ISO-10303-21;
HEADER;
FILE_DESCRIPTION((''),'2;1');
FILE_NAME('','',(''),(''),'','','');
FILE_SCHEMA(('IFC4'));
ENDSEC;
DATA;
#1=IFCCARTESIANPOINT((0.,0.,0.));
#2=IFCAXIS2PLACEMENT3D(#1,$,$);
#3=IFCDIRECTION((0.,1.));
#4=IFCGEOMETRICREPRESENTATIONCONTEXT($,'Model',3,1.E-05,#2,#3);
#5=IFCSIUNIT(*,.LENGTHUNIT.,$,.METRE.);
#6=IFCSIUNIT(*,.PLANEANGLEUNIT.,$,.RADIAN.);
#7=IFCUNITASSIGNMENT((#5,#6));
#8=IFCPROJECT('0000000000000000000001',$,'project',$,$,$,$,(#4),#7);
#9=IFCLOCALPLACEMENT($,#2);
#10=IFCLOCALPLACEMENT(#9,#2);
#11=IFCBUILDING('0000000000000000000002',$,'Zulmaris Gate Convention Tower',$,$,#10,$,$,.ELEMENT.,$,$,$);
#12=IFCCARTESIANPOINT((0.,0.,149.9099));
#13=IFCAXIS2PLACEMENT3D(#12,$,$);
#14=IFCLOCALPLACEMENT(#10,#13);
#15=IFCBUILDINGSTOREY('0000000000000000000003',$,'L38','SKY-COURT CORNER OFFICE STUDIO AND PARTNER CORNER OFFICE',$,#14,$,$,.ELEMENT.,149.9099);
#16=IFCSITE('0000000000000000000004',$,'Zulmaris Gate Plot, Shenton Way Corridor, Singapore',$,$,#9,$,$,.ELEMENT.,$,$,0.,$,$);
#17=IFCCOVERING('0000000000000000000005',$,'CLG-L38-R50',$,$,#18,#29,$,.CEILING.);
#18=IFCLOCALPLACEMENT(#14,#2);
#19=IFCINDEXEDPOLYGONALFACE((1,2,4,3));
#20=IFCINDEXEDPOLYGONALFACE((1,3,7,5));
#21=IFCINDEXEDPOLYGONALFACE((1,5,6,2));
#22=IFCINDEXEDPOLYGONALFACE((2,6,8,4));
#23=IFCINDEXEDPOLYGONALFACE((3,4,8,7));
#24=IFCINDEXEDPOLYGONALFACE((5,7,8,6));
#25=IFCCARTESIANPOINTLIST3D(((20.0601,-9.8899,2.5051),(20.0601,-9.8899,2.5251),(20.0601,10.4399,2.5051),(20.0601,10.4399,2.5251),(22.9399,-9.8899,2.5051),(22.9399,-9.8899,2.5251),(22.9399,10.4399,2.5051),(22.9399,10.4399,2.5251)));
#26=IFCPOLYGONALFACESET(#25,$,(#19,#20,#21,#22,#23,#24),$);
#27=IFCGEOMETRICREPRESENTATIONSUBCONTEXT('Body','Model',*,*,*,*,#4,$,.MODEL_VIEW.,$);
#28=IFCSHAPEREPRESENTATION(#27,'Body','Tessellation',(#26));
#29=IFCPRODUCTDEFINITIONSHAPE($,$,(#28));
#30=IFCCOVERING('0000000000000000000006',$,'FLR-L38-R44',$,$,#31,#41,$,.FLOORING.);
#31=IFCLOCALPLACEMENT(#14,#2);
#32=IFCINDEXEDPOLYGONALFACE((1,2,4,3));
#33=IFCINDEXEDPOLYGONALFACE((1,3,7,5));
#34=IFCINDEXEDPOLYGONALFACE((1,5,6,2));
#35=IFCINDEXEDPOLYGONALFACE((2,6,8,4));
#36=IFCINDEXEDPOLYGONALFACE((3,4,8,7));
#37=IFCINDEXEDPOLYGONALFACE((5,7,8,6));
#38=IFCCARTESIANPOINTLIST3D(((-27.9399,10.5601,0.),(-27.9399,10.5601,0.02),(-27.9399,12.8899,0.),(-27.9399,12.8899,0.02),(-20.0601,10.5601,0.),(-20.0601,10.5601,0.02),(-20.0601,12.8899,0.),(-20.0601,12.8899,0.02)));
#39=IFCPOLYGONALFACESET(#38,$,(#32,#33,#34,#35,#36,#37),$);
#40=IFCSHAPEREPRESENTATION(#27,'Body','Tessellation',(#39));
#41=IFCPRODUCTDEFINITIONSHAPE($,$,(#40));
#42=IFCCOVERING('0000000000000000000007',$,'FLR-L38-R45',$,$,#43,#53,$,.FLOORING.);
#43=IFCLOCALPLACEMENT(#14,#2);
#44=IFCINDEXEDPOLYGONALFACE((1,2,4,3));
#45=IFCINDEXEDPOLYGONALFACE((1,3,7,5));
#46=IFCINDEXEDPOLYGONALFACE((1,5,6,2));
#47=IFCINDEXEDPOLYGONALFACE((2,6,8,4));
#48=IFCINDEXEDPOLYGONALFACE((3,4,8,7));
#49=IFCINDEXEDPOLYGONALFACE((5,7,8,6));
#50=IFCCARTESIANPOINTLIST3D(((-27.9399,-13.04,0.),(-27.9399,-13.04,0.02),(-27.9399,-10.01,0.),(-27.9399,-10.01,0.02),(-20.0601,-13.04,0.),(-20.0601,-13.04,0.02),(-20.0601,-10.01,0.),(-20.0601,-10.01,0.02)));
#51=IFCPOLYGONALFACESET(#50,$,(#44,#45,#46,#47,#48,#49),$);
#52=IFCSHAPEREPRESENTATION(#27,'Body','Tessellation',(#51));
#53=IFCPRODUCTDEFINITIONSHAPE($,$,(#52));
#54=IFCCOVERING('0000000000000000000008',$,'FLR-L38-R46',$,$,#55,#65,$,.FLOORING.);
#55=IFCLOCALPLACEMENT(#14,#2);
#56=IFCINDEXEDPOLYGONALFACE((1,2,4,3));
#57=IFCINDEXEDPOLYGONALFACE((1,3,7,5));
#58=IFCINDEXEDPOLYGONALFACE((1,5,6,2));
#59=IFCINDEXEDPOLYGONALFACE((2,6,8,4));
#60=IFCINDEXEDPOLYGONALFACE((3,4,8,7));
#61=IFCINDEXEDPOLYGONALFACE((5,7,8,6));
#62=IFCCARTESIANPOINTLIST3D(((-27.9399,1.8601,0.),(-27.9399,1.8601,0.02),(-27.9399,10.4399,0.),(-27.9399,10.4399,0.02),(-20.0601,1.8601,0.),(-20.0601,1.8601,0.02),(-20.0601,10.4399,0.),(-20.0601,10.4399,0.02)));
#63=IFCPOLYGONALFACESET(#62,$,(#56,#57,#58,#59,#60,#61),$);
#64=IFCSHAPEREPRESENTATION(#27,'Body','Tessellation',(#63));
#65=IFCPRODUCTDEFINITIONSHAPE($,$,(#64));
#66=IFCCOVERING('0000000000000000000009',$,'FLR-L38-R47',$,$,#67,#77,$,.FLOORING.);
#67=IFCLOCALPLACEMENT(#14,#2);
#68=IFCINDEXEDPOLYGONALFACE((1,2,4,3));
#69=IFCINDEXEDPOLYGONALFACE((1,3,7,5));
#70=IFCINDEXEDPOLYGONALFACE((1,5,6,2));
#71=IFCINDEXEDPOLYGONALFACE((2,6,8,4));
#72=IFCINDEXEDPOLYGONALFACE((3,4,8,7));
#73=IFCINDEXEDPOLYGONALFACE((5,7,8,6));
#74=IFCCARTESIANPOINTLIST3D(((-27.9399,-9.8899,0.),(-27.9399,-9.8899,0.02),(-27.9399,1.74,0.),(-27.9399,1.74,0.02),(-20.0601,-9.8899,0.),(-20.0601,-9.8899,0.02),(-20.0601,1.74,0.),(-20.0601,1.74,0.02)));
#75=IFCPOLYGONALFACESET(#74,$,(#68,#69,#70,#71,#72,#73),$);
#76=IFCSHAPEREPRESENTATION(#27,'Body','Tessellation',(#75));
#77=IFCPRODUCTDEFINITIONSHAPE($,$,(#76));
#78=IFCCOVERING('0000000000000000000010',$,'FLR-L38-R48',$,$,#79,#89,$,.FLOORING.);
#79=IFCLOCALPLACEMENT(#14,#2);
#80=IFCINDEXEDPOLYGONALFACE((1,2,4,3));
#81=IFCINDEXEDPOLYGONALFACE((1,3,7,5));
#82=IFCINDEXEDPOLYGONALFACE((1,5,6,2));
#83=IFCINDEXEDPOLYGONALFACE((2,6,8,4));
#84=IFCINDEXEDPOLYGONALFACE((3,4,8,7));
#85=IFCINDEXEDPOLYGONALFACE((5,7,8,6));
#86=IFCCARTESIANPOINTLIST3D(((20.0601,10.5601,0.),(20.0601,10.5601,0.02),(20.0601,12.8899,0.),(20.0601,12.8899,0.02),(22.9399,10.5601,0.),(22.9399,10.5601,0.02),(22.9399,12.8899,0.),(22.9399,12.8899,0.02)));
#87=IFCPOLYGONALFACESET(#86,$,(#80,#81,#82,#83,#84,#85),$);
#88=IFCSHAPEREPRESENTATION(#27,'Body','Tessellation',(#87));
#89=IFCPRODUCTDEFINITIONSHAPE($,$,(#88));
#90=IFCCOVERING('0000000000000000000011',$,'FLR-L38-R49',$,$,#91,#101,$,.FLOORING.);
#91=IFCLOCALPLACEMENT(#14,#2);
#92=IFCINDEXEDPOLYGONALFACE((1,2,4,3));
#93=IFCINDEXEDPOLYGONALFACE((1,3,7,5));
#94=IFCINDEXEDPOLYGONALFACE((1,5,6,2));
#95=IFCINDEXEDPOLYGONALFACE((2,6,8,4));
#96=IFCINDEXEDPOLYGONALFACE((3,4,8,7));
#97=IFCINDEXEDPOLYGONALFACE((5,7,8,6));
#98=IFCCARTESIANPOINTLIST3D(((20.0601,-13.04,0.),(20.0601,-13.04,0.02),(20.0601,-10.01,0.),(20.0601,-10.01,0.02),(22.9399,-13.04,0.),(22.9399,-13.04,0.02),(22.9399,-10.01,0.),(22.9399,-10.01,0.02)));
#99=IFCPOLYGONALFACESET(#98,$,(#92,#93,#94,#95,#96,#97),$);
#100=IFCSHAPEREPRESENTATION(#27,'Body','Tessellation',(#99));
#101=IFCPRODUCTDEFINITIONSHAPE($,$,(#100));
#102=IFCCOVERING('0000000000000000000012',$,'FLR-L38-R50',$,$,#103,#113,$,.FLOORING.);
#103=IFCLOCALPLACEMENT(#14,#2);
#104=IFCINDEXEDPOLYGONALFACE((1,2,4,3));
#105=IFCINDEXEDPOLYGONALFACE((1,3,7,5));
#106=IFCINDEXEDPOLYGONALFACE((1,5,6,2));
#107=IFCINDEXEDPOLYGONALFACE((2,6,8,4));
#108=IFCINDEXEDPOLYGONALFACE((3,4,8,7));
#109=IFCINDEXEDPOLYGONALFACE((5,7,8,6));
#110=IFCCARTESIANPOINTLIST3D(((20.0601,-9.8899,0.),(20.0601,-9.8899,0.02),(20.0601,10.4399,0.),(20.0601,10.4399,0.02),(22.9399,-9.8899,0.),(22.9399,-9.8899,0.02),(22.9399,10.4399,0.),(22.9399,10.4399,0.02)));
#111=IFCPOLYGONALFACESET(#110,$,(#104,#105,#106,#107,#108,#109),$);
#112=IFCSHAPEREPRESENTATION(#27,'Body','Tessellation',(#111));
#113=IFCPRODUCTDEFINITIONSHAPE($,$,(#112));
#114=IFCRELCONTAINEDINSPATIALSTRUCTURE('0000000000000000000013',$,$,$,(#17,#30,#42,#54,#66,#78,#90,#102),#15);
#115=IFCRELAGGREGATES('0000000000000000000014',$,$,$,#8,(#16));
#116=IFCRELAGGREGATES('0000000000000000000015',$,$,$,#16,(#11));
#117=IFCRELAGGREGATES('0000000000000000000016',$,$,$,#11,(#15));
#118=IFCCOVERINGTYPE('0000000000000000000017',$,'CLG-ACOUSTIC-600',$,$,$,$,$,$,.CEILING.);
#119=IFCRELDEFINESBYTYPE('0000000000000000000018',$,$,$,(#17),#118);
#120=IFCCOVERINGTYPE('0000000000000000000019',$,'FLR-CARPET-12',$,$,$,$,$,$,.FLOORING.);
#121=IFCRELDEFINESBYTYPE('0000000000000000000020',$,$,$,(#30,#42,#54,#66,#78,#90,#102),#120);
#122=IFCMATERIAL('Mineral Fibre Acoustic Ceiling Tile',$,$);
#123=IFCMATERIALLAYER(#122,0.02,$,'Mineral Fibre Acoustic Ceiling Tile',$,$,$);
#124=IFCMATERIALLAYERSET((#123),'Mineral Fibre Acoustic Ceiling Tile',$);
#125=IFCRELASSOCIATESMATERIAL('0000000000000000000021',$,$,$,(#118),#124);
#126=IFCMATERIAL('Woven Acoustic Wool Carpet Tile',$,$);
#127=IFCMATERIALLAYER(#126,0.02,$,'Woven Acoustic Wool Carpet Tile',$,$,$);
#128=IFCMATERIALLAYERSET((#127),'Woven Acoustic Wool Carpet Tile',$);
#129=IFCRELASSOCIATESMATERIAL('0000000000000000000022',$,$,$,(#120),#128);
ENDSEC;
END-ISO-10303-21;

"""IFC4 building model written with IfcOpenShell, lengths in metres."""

from ifc_helpers import new_model, si_unit, direction, frame, origin, place, context, subcontext, project, spatial, polyline, outline, extrude, material, layer, layer_set, type_object, element, save


model = new_model("IFC4")

# Units and contexts
model_context = context("Model", 3, precision=1e-05, world=origin(), true_north=direction((0.0, 1.0)))
body_context = subcontext(model_context, "Body", "Model", "MODEL_VIEW")
ifc_project = project(units=[si_unit("LENGTHUNIT", "METRE"), si_unit("PLANEANGLEUNIT", "RADIAN")], contexts=[model_context])

# Site, building, storey
site_placement = place(None, origin())
site = spatial("IfcSite", under=ifc_project, at=site_placement, Name="Zulmaris Gate Plot, Shenton Way Corridor, Singapore", CompositionType="ELEMENT", RefElevation=0.0)
building_placement = place(site_placement, origin())
building = spatial("IfcBuilding", under=site, at=building_placement, Name="Zulmaris Gate Convention Tower", CompositionType="ELEMENT")
storey_placement = place(building_placement, frame((0.0, 0.0, 149.9099)))
storey = spatial("IfcBuildingStorey", under=building, at=storey_placement, Name="L38", Description="SKY-COURT CORNER OFFICE STUDIO AND PARTNER CORNER OFFICE", CompositionType="ELEMENT", Elevation=149.9099)

# Coverings
ifc_material_1 = material(Name="Mineral Fibre Acoustic Ceiling Tile")
ifc_layer_1 = layer(ifc_material_1, 0.02, Name="Mineral Fibre Acoustic Ceiling Tile")
ifc_layer_set_1 = layer_set([ifc_layer_1], Name="Mineral Fibre Acoustic Ceiling Tile")
covering_type_1 = type_object("IfcCoveringType", Name="CLG-ACOUSTIC-600", PredefinedType="CEILING", material=ifc_layer_set_1)
covering_1_placement = place(storey_placement, frame((0.0, 0.0, 2.5051)))
element("IfcCovering", 1, at=covering_1_placement, inside=storey, type_object=covering_type_1, Name="CLG-L38-R50", PredefinedType="CEILING", context=body_context, shape_type="SweptSolid", body=[
    extrude(outline(polyline([(20.0601, -9.8899), (22.9399, -9.8899), (22.9399, 10.4399), (20.0601, 10.4399), (20.0601, -9.8899)])), origin(), (0.0, 0.0, 1.0), 0.02),
])
ifc_material_2 = material(Name="Woven Acoustic Wool Carpet Tile")
ifc_layer_2 = layer(ifc_material_2, 0.02, Name="Woven Acoustic Wool Carpet Tile")
ifc_layer_set_2 = layer_set([ifc_layer_2], Name="Woven Acoustic Wool Carpet Tile")
covering_type_2 = type_object("IfcCoveringType", Name="FLR-CARPET-12", PredefinedType="FLOORING", material=ifc_layer_set_2)
covering_2_placement = place(storey_placement, origin())
element("IfcCovering", 2, at=covering_2_placement, inside=storey, type_object=covering_type_2, Name="FLR-L38-R44", PredefinedType="FLOORING", context=body_context, shape_type="SweptSolid", body=[
    extrude(outline(polyline([(-27.9399, 10.5601), (-20.0601, 10.5601), (-20.0601, 12.8899), (-27.9399, 12.8899), (-27.9399, 10.5601)])), origin(), (0.0, 0.0, 1.0), 0.02),
])
covering_3_placement = place(storey_placement, origin())
element("IfcCovering", 3, at=covering_3_placement, inside=storey, type_object=covering_type_2, Name="FLR-L38-R45", PredefinedType="FLOORING", context=body_context, shape_type="SweptSolid", body=[
    extrude(outline(polyline([(-27.9399, -13.04), (-20.0601, -13.04), (-20.0601, -10.01), (-27.9399, -10.01), (-27.9399, -13.04)])), origin(), (0.0, 0.0, 1.0), 0.02),
])
covering_4_placement = place(storey_placement, origin())
element("IfcCovering", 4, at=covering_4_placement, inside=storey, type_object=covering_type_2, Name="FLR-L38-R46", PredefinedType="FLOORING", context=body_context, shape_type="SweptSolid", body=[
    extrude(outline(polyline([(-27.9399, 1.8601), (-20.0601, 1.8601), (-20.0601, 10.4399), (-27.9399, 10.4399), (-27.9399, 1.8601)])), origin(), (0.0, 0.0, 1.0), 0.02),
])
covering_5_placement = place(storey_placement, origin())
element("IfcCovering", 5, at=covering_5_placement, inside=storey, type_object=covering_type_2, Name="FLR-L38-R47", PredefinedType="FLOORING", context=body_context, shape_type="SweptSolid", body=[
    extrude(outline(polyline([(-27.9399, -9.8899), (-20.0601, -9.8899), (-20.0601, 1.74), (-27.9399, 1.74), (-27.9399, -9.8899)])), origin(), (0.0, 0.0, 1.0), 0.02),
])
covering_6_placement = place(storey_placement, origin())
element("IfcCovering", 6, at=covering_6_placement, inside=storey, type_object=covering_type_2, Name="FLR-L38-R48", PredefinedType="FLOORING", context=body_context, shape_type="SweptSolid", body=[
    extrude(outline(polyline([(20.0601, 10.5601), (22.9399, 10.5601), (22.9399, 12.8899), (20.0601, 12.8899), (20.0601, 10.5601)])), origin(), (0.0, 0.0, 1.0), 0.02),
])
covering_7_placement = place(storey_placement, origin())
element("IfcCovering", 7, at=covering_7_placement, inside=storey, type_object=covering_type_2, Name="FLR-L38-R49", PredefinedType="FLOORING", context=body_context, shape_type="SweptSolid", body=[
    extrude(outline(polyline([(20.0601, -13.04), (22.9399, -13.04), (22.9399, -10.01), (20.0601, -10.01), (20.0601, -13.04)])), origin(), (0.0, 0.0, 1.0), 0.02),
])
covering_8_placement = place(storey_placement, origin())
element("IfcCovering", 8, at=covering_8_placement, inside=storey, type_object=covering_type_2, Name="FLR-L38-R50", PredefinedType="FLOORING", context=body_context, shape_type="SweptSolid", body=[
    extrude(outline(polyline([(20.0601, -9.8899), (22.9399, -9.8899), (22.9399, 10.4399), (20.0601, 10.4399), (20.0601, -9.8899)])), origin(), (0.0, 0.0, 1.0), 0.02),
])

save(model, "model.ifc")
